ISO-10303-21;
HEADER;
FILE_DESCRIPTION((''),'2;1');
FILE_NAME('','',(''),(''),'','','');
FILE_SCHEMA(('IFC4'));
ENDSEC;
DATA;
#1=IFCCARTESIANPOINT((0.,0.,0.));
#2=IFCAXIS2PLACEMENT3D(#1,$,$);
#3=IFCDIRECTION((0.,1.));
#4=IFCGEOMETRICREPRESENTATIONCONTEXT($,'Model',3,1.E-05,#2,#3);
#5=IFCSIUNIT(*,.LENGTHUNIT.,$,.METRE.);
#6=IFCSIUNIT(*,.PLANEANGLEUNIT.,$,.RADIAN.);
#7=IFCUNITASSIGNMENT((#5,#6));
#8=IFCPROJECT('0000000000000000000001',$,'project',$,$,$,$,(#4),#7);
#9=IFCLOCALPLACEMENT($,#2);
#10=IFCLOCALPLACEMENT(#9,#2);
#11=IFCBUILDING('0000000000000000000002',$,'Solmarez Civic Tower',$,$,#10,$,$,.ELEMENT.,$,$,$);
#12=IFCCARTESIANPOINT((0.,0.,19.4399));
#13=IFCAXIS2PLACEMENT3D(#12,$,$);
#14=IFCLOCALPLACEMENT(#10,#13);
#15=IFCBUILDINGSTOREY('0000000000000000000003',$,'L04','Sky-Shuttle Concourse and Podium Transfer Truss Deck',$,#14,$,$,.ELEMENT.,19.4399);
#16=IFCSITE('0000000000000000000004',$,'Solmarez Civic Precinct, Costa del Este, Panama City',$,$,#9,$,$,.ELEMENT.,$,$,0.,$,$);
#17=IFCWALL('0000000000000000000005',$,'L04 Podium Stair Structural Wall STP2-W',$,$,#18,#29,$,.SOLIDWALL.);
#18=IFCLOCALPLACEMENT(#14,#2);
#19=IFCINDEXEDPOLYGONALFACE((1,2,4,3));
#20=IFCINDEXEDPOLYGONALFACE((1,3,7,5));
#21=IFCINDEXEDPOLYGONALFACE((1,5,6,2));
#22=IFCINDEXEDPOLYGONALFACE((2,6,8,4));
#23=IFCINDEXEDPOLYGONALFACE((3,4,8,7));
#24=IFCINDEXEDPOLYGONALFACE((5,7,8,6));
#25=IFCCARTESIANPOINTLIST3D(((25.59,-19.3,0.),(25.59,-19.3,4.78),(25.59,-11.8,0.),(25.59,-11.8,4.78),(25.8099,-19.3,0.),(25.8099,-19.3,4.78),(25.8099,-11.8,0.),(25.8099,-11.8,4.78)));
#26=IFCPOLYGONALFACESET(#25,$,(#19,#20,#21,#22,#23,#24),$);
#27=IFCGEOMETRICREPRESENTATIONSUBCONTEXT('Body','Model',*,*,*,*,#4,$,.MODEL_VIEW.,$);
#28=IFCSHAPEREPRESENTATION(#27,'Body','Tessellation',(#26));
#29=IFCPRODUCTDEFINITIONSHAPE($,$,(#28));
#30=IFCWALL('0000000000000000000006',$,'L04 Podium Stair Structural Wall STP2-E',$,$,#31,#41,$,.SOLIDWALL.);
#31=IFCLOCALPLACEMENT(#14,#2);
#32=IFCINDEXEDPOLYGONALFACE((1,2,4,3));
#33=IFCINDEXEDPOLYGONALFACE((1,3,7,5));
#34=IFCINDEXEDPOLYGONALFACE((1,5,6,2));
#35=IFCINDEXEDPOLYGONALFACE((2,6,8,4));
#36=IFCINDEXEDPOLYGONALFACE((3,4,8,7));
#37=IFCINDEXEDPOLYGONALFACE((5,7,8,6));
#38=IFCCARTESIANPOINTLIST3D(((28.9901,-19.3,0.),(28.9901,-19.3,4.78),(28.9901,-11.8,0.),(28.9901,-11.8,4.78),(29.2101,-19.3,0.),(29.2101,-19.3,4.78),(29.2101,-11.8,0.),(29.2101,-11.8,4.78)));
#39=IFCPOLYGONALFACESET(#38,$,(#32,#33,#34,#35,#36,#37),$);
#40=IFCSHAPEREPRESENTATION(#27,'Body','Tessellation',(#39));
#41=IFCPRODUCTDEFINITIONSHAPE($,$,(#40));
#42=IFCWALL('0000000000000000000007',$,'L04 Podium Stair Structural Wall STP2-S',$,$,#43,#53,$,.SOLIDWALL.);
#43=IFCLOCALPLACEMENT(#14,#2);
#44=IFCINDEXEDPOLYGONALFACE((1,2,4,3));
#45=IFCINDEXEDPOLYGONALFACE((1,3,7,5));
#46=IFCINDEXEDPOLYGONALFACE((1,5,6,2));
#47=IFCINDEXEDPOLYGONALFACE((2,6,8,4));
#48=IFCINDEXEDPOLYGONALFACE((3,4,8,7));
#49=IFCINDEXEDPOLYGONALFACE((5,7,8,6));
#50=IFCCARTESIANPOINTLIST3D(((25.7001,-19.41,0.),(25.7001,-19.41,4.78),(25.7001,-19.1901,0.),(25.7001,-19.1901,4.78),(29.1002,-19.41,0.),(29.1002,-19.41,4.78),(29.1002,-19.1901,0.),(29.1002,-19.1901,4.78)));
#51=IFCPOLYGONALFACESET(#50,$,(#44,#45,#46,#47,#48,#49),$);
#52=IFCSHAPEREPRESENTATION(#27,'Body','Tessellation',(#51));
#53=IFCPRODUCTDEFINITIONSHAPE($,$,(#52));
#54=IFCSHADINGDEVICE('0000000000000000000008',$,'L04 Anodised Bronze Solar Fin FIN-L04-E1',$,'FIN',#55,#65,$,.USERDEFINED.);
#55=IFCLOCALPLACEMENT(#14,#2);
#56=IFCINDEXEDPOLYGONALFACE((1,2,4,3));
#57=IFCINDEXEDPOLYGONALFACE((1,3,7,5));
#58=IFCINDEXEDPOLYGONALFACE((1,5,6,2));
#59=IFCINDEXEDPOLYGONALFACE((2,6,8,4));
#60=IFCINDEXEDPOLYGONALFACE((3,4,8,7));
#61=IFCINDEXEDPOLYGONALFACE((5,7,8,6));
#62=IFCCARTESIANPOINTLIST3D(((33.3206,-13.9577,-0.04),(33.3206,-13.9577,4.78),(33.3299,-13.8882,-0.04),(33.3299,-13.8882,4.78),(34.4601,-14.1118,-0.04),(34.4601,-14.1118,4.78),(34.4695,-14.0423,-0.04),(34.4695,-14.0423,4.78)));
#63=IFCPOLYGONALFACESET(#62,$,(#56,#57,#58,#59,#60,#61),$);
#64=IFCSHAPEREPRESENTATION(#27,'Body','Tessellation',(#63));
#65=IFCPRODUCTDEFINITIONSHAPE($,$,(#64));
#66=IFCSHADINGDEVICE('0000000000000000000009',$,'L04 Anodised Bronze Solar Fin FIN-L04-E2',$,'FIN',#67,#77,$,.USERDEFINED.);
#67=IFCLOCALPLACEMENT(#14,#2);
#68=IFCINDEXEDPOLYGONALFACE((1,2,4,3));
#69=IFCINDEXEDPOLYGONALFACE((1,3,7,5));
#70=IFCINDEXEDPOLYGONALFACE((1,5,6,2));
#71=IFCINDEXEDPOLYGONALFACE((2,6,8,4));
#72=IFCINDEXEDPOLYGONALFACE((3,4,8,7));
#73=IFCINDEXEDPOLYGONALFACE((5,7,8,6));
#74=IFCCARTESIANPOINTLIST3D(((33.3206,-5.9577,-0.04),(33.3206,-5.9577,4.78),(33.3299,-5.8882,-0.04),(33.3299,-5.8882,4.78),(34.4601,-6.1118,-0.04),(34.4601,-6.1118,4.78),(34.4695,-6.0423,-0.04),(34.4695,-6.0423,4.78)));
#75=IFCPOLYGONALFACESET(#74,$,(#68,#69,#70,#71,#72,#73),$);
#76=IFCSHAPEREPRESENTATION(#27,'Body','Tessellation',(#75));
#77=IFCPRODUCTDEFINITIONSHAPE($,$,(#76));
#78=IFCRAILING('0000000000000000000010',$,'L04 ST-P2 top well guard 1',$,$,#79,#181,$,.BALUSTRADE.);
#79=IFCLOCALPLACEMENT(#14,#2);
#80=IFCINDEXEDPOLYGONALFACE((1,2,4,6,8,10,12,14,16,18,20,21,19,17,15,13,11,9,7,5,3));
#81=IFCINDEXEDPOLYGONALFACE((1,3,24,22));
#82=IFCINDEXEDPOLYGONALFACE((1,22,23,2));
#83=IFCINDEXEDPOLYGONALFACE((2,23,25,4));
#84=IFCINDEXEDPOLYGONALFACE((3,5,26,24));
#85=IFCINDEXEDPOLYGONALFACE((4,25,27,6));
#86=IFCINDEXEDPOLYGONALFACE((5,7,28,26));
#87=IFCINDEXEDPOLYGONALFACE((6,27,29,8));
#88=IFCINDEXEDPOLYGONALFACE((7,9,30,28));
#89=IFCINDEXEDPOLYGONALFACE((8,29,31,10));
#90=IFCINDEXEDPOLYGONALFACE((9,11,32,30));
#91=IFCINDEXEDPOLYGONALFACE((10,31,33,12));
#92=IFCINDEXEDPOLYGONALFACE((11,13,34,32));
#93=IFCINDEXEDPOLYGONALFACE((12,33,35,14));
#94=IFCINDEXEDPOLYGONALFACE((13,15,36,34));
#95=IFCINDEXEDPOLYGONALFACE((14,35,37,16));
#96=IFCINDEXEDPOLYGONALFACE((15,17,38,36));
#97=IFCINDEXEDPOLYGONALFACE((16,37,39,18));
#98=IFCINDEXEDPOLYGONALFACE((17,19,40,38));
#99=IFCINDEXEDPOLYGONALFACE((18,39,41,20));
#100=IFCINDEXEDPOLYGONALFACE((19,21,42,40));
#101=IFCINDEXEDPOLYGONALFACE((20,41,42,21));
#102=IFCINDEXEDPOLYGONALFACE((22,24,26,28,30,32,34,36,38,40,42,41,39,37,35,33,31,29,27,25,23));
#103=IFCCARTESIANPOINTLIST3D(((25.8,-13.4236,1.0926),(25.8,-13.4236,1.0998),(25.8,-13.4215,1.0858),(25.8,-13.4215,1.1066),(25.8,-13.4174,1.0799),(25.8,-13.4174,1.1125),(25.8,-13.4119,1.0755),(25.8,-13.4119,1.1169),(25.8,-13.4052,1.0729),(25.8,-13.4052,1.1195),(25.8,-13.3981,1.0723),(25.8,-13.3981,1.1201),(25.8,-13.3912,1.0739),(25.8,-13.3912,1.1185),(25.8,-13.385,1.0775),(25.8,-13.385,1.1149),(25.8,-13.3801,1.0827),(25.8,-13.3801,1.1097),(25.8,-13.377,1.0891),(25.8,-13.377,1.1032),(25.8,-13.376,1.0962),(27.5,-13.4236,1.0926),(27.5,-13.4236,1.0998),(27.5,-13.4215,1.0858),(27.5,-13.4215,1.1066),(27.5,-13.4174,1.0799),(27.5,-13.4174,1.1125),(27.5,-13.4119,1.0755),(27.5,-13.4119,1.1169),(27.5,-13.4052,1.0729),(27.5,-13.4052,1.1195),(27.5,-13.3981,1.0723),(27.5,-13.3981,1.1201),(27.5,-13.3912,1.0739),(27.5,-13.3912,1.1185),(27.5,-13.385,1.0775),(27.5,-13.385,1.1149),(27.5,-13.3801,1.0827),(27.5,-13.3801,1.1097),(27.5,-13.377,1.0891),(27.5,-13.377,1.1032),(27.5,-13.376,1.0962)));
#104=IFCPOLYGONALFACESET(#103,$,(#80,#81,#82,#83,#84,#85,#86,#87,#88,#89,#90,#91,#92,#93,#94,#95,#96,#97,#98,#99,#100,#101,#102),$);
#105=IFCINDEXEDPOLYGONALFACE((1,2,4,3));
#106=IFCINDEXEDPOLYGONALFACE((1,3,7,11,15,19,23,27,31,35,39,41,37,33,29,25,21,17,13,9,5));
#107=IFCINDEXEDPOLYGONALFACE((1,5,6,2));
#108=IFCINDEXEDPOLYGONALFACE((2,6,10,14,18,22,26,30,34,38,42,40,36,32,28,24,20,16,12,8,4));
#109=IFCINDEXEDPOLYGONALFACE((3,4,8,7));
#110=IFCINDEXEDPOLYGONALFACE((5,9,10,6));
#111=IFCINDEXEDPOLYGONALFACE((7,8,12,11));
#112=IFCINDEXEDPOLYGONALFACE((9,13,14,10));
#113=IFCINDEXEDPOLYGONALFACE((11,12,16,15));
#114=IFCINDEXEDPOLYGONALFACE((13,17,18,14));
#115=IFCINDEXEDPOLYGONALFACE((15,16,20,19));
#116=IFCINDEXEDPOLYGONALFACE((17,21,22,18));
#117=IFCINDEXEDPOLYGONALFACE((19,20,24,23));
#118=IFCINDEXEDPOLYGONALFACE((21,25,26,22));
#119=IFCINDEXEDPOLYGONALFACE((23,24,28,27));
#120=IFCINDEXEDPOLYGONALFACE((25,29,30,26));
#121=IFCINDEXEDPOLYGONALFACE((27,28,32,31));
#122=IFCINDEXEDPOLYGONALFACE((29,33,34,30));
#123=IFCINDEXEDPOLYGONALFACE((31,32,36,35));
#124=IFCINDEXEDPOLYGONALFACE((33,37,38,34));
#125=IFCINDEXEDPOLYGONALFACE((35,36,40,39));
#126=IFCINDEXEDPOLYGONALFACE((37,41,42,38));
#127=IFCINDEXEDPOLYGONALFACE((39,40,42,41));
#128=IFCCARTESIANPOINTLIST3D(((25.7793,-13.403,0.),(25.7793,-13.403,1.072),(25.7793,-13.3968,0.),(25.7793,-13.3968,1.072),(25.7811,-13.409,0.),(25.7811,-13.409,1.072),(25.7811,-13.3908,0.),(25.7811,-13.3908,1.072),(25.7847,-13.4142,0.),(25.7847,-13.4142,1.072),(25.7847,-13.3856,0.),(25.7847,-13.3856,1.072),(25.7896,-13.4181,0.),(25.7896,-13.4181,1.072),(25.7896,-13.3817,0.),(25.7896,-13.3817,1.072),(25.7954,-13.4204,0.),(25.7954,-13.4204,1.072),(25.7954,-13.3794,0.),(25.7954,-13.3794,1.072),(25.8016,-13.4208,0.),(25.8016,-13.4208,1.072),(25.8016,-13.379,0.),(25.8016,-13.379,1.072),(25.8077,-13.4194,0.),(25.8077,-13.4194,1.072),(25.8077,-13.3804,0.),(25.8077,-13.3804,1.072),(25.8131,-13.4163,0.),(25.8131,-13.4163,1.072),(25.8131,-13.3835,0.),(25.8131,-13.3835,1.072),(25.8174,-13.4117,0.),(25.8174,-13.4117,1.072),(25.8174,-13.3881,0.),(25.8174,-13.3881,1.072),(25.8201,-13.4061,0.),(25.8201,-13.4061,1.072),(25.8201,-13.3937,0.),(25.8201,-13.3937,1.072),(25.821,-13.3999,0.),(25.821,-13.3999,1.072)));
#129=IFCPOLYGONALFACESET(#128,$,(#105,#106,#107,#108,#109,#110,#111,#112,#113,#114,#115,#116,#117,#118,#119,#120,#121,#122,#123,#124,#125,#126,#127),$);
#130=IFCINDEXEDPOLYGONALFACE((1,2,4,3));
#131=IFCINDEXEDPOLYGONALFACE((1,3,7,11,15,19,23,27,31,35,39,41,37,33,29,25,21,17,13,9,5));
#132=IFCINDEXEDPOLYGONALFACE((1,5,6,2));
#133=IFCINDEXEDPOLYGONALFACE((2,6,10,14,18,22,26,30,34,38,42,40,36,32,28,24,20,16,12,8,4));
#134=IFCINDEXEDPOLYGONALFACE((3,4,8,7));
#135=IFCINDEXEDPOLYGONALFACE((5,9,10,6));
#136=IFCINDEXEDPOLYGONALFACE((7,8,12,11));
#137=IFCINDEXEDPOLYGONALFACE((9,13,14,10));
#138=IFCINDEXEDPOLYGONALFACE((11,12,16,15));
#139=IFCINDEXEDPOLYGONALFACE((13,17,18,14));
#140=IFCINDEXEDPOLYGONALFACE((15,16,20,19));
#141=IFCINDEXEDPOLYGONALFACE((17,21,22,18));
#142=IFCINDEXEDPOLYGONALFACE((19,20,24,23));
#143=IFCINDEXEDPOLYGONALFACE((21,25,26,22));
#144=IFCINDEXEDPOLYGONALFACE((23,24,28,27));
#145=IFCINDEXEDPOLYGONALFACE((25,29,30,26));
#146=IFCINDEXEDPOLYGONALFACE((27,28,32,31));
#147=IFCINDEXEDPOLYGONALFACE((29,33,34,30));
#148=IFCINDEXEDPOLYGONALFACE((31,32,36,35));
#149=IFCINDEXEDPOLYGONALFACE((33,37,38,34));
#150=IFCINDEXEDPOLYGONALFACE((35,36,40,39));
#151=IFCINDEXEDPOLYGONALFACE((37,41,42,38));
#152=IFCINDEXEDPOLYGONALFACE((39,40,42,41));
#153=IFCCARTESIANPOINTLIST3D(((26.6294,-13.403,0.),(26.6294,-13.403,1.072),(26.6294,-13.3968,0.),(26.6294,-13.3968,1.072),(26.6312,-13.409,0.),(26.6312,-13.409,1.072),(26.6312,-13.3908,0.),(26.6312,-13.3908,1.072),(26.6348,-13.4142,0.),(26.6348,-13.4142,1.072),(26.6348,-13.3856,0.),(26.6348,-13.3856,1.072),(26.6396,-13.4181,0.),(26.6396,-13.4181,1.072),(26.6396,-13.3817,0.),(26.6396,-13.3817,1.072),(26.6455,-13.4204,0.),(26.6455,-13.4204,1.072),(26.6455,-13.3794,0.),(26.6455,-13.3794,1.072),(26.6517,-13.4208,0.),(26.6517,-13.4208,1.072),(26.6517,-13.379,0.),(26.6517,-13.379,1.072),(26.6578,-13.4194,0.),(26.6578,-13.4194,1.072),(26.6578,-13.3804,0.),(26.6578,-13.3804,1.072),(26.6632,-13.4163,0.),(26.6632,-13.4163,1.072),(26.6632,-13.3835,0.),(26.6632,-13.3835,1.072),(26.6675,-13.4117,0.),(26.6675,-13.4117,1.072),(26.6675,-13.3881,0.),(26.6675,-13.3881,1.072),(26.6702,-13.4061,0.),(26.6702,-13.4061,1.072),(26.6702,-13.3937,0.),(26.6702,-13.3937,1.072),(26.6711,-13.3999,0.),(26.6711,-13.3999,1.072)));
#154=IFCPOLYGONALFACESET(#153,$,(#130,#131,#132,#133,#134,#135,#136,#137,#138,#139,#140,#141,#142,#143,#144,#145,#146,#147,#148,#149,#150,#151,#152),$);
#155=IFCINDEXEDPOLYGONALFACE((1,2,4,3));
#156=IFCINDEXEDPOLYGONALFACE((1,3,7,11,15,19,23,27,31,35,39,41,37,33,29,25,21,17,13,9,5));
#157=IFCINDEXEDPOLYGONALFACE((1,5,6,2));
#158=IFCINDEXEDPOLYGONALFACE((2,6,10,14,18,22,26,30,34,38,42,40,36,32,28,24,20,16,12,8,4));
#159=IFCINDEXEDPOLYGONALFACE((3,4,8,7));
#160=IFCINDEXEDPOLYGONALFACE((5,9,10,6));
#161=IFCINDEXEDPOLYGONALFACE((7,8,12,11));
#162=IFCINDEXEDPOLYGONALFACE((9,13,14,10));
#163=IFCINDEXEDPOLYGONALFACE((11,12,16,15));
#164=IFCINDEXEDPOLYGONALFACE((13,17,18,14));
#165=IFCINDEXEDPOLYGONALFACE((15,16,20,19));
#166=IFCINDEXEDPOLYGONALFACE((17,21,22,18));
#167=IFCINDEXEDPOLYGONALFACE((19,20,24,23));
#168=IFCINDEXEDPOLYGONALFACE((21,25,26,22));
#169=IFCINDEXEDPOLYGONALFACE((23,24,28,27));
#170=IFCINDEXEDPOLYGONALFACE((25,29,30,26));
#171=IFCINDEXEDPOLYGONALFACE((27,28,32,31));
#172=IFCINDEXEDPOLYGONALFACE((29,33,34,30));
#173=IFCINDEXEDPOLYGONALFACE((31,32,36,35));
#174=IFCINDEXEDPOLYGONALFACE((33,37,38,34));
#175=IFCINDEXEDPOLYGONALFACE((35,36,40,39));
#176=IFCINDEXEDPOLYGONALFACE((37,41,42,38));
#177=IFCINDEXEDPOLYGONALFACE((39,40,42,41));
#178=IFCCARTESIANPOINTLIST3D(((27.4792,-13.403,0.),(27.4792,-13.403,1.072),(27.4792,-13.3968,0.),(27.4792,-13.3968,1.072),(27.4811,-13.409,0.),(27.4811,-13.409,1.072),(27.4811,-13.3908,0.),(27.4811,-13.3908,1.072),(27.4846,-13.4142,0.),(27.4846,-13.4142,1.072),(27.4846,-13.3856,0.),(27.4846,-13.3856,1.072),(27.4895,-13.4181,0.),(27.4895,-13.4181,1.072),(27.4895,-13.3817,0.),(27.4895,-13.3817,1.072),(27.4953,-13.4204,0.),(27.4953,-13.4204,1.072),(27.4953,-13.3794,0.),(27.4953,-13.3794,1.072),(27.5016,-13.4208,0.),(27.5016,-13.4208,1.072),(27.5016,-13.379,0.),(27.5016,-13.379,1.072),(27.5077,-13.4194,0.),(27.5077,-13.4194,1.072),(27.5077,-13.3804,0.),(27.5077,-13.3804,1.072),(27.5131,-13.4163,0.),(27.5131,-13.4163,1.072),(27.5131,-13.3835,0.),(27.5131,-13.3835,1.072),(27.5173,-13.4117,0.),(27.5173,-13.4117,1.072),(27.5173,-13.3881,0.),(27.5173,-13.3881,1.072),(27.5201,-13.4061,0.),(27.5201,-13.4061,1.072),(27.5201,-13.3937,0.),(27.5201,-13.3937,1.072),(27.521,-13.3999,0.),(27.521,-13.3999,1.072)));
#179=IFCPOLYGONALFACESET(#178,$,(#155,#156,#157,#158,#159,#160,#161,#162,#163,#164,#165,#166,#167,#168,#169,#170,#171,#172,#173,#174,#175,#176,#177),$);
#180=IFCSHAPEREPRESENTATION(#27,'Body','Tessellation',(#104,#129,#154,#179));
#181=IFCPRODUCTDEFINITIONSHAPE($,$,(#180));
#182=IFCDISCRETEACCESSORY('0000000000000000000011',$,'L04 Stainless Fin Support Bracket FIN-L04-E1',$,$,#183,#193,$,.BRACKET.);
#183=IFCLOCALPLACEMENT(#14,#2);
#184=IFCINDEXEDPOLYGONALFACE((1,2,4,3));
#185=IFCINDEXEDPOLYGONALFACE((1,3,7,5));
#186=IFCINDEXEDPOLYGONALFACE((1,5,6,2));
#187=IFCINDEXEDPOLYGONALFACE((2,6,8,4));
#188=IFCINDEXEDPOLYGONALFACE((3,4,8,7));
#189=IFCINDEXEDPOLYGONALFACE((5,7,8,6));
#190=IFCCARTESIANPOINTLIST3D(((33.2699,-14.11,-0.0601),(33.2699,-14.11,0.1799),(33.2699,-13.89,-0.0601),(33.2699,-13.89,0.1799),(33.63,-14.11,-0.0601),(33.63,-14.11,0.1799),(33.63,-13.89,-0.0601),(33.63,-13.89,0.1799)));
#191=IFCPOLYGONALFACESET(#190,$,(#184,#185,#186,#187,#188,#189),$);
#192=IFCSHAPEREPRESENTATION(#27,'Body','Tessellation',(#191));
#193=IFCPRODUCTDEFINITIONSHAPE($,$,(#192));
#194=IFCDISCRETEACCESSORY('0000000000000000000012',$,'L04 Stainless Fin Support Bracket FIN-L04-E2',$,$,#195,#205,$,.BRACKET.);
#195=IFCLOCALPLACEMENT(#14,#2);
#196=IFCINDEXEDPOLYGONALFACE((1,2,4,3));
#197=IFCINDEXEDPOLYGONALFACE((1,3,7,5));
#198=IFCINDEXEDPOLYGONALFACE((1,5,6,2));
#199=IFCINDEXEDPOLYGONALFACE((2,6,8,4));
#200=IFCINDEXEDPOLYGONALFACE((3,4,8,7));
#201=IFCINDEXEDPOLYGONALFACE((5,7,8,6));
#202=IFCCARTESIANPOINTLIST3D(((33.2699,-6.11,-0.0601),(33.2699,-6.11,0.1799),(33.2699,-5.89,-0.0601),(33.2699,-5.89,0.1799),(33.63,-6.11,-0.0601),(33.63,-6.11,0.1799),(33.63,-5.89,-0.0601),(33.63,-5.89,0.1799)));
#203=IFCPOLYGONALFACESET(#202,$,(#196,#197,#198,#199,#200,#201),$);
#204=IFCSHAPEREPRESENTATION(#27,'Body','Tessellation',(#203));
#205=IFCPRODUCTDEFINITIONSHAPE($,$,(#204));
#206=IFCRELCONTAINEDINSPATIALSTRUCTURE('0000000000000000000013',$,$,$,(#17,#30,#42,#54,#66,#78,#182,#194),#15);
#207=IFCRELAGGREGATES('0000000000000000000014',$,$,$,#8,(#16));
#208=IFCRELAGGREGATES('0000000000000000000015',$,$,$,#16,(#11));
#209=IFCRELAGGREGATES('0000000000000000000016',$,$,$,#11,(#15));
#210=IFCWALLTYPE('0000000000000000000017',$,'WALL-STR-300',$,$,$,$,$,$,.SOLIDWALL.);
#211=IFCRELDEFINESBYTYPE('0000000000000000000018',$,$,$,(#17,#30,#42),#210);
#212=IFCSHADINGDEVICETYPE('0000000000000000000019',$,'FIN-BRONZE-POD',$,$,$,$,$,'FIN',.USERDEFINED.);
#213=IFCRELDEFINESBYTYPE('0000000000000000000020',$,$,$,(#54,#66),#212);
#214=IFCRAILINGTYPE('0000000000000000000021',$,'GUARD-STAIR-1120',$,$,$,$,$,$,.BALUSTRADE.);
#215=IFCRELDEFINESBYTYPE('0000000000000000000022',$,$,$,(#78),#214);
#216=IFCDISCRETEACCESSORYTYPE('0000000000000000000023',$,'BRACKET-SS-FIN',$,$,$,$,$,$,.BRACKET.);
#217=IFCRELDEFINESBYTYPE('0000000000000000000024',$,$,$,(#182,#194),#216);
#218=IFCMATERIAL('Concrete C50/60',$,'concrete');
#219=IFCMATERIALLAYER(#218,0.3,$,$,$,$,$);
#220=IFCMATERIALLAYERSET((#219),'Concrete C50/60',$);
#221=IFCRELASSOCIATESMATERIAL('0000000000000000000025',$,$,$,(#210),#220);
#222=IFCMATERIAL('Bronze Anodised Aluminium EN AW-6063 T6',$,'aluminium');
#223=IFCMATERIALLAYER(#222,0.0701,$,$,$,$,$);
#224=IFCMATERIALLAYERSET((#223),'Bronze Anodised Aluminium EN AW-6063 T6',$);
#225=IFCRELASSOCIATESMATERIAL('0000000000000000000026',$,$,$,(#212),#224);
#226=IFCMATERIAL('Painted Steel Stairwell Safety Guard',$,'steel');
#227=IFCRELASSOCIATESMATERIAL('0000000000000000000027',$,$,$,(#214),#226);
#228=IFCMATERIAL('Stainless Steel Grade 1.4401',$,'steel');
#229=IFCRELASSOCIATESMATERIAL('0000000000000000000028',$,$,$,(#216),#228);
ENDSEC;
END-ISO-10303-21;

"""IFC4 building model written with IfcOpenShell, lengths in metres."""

from ifc_helpers import new_model, si_unit, direction, frame, frame_2d, origin, origin_2d, place, context, subcontext, project, spatial, rectangle, circle, extrude, material, layer, layer_set, type_object, element, save


model = new_model("IFC4")

# Units and contexts
model_context = context("Model", 3, precision=1e-05, world=origin(), true_north=direction((0.0, 1.0)))
body_context = subcontext(model_context, "Body", "Model", "MODEL_VIEW")
ifc_project = project(units=[si_unit("LENGTHUNIT", "METRE"), si_unit("PLANEANGLEUNIT", "RADIAN")], contexts=[model_context])

# Site, building, storey
site_placement = place(None, origin())
site = spatial("IfcSite", under=ifc_project, at=site_placement, Name="Solmarez Civic Precinct, Costa del Este, Panama City", CompositionType="ELEMENT", RefElevation=0.0)
building_placement = place(site_placement, origin())
building = spatial("IfcBuilding", under=site, at=building_placement, Name="Solmarez Civic Tower", CompositionType="ELEMENT")
storey_placement = place(building_placement, frame((0.0, 0.0, 19.4399)))
storey = spatial("IfcBuildingStorey", under=building, at=storey_placement, Name="L04", Description="Sky-Shuttle Concourse and Podium Transfer Truss Deck", CompositionType="ELEMENT", Elevation=19.4399)

# Walls
ifc_material_1 = material(Name="Concrete C50/60", Category="concrete")
ifc_layer_1 = layer(ifc_material_1, 0.3)
ifc_layer_set_1 = layer_set([ifc_layer_1], Name="Concrete C50/60")
wall_type_1 = type_object("IfcWallType", Name="WALL-STR-300", PredefinedType="SOLIDWALL", material=ifc_layer_set_1)
for number, where, z_axis, x_axis, name in (
    (1, (25.7, -19.3, 0.0), (0.0, 0.0, 1.0), (0.0, 1.0, 0.0), "L04 Podium Stair Structural Wall STP2-W"),
    (2, (29.1001, -19.3, 0.0), (0.0, 0.0, 1.0), (0.0, 1.0, 0.0), "L04 Podium Stair Structural Wall STP2-E"),
):
    element("IfcWall", number, at=place(storey_placement, frame(where, z_axis=z_axis, x_axis=x_axis)), inside=storey, type_object=wall_type_1, Name=name, PredefinedType="SOLIDWALL", context=body_context, shape_type="SweptSolid", body=[
        extrude(rectangle(XDim=7.5, YDim=0.22, at=frame_2d((3.75, 0.0))), origin(), (0.0, 0.0, 1.0), 4.78),
    ])
wall_1_placement = place(storey_placement, frame((25.7, -19.3, 0.0), z_axis=(0.0, 0.0, 1.0), x_axis=(1.0, 0.0, 0.0)))
element("IfcWall", 3, at=wall_1_placement, inside=storey, type_object=wall_type_1, Name="L04 Podium Stair Structural Wall STP2-S", PredefinedType="SOLIDWALL", context=body_context, shape_type="SweptSolid", body=[
    extrude(rectangle(XDim=3.4001, YDim=0.22, at=frame_2d((1.7002, 0.0))), origin(), (0.0, 0.0, 1.0), 4.78),
])

# Shading devices
ifc_material_2 = material(Name="Bronze Anodised Aluminium EN AW-6063 T6", Category="aluminium")
ifc_layer_2 = layer(ifc_material_2, 0.0701)
ifc_layer_set_2 = layer_set([ifc_layer_2], Name="Bronze Anodised Aluminium EN AW-6063 T6")
shading_device_type = type_object("IfcShadingDeviceType", Name="FIN-BRONZE-POD", ElementType="FIN", PredefinedType="USERDEFINED", material=ifc_layer_set_2)
for number, where, z_axis, x_axis, name in (
    (4, (33.895, -14.0, -0.04), (0.0, 0.0, 1.0), (0.990983, -0.133986, 0.0), "L04 Anodised Bronze Solar Fin FIN-L04-E1"),
    (5, (33.895, -6.0, -0.04), (0.0, 0.0, 1.0), (0.990983, -0.133986, 0.0), "L04 Anodised Bronze Solar Fin FIN-L04-E2"),
):
    element("IfcShadingDevice", number, at=place(storey_placement, frame(where, z_axis=z_axis, x_axis=x_axis)), inside=storey, type_object=shading_device_type, Name=name, ObjectType="FIN", PredefinedType="USERDEFINED", context=body_context, shape_type="SweptSolid", body=[
        extrude(rectangle(XDim=1.1499, YDim=0.0701, at=origin_2d()), origin(), (0.0, 0.0, 1.0), 4.8201),
    ])

# Railing
ifc_material_3 = material(Name="Painted Steel Stairwell Safety Guard", Category="steel")
railing_type = type_object("IfcRailingType", Name="GUARD-STAIR-1120", PredefinedType="BALUSTRADE", material=ifc_material_3)
railing_placement = place(storey_placement, frame((25.8, -13.3999, 0.0)))
element("IfcRailing", 6, at=railing_placement, inside=storey, type_object=railing_type, Name="L04 ST-P2 top well guard 1", PredefinedType="BALUSTRADE", context=body_context, shape_type="SweptSolid", body=[
    extrude(circle(Radius=0.0239, at=origin_2d()), frame((0.0, 0.0, 1.0962), z_axis=(1.0, 0.0, 0.0), x_axis=(0.0, 1.0, 0.0)), (0.0, 0.0, 1.0), 1.7),
    extrude(circle(Radius=0.021, at=origin_2d()), origin(), (0.0, 0.0, 1.0), 1.072),
    extrude(circle(Radius=0.021, at=origin_2d()), frame((0.8501, 0.0, 0.0)), (0.0, 0.0, 1.0), 1.072),
    extrude(circle(Radius=0.021, at=origin_2d()), frame((1.7, 0.0, 0.0)), (0.0, 0.0, 1.0), 1.072),
])

# Discrete accessories
ifc_material_4 = material(Name="Stainless Steel Grade 1.4401", Category="steel")
discrete_accessory_type = type_object("IfcDiscreteAccessoryType", Name="BRACKET-SS-FIN", PredefinedType="BRACKET", material=ifc_material_4)
for number, where, z_axis, x_axis, name in (
    (7, (33.45, -14.0, -0.0601), (0.0, 0.0, 1.0), (1.0, 0.0, 0.0), "L04 Stainless Fin Support Bracket FIN-L04-E1"),
    (8, (33.45, -6.0, -0.0601), (0.0, 0.0, 1.0), (1.0, 0.0, 0.0), "L04 Stainless Fin Support Bracket FIN-L04-E2"),
):
    element("IfcDiscreteAccessory", number, at=place(storey_placement, frame(where, z_axis=z_axis, x_axis=x_axis)), inside=storey, type_object=discrete_accessory_type, Name=name, PredefinedType="BRACKET", context=body_context, shape_type="SweptSolid", body=[
        extrude(rectangle(XDim=0.3601, YDim=0.22, at=origin_2d()), origin(), (0.0, 0.0, 1.0), 0.24),
    ])

save(model, "model.ifc")
